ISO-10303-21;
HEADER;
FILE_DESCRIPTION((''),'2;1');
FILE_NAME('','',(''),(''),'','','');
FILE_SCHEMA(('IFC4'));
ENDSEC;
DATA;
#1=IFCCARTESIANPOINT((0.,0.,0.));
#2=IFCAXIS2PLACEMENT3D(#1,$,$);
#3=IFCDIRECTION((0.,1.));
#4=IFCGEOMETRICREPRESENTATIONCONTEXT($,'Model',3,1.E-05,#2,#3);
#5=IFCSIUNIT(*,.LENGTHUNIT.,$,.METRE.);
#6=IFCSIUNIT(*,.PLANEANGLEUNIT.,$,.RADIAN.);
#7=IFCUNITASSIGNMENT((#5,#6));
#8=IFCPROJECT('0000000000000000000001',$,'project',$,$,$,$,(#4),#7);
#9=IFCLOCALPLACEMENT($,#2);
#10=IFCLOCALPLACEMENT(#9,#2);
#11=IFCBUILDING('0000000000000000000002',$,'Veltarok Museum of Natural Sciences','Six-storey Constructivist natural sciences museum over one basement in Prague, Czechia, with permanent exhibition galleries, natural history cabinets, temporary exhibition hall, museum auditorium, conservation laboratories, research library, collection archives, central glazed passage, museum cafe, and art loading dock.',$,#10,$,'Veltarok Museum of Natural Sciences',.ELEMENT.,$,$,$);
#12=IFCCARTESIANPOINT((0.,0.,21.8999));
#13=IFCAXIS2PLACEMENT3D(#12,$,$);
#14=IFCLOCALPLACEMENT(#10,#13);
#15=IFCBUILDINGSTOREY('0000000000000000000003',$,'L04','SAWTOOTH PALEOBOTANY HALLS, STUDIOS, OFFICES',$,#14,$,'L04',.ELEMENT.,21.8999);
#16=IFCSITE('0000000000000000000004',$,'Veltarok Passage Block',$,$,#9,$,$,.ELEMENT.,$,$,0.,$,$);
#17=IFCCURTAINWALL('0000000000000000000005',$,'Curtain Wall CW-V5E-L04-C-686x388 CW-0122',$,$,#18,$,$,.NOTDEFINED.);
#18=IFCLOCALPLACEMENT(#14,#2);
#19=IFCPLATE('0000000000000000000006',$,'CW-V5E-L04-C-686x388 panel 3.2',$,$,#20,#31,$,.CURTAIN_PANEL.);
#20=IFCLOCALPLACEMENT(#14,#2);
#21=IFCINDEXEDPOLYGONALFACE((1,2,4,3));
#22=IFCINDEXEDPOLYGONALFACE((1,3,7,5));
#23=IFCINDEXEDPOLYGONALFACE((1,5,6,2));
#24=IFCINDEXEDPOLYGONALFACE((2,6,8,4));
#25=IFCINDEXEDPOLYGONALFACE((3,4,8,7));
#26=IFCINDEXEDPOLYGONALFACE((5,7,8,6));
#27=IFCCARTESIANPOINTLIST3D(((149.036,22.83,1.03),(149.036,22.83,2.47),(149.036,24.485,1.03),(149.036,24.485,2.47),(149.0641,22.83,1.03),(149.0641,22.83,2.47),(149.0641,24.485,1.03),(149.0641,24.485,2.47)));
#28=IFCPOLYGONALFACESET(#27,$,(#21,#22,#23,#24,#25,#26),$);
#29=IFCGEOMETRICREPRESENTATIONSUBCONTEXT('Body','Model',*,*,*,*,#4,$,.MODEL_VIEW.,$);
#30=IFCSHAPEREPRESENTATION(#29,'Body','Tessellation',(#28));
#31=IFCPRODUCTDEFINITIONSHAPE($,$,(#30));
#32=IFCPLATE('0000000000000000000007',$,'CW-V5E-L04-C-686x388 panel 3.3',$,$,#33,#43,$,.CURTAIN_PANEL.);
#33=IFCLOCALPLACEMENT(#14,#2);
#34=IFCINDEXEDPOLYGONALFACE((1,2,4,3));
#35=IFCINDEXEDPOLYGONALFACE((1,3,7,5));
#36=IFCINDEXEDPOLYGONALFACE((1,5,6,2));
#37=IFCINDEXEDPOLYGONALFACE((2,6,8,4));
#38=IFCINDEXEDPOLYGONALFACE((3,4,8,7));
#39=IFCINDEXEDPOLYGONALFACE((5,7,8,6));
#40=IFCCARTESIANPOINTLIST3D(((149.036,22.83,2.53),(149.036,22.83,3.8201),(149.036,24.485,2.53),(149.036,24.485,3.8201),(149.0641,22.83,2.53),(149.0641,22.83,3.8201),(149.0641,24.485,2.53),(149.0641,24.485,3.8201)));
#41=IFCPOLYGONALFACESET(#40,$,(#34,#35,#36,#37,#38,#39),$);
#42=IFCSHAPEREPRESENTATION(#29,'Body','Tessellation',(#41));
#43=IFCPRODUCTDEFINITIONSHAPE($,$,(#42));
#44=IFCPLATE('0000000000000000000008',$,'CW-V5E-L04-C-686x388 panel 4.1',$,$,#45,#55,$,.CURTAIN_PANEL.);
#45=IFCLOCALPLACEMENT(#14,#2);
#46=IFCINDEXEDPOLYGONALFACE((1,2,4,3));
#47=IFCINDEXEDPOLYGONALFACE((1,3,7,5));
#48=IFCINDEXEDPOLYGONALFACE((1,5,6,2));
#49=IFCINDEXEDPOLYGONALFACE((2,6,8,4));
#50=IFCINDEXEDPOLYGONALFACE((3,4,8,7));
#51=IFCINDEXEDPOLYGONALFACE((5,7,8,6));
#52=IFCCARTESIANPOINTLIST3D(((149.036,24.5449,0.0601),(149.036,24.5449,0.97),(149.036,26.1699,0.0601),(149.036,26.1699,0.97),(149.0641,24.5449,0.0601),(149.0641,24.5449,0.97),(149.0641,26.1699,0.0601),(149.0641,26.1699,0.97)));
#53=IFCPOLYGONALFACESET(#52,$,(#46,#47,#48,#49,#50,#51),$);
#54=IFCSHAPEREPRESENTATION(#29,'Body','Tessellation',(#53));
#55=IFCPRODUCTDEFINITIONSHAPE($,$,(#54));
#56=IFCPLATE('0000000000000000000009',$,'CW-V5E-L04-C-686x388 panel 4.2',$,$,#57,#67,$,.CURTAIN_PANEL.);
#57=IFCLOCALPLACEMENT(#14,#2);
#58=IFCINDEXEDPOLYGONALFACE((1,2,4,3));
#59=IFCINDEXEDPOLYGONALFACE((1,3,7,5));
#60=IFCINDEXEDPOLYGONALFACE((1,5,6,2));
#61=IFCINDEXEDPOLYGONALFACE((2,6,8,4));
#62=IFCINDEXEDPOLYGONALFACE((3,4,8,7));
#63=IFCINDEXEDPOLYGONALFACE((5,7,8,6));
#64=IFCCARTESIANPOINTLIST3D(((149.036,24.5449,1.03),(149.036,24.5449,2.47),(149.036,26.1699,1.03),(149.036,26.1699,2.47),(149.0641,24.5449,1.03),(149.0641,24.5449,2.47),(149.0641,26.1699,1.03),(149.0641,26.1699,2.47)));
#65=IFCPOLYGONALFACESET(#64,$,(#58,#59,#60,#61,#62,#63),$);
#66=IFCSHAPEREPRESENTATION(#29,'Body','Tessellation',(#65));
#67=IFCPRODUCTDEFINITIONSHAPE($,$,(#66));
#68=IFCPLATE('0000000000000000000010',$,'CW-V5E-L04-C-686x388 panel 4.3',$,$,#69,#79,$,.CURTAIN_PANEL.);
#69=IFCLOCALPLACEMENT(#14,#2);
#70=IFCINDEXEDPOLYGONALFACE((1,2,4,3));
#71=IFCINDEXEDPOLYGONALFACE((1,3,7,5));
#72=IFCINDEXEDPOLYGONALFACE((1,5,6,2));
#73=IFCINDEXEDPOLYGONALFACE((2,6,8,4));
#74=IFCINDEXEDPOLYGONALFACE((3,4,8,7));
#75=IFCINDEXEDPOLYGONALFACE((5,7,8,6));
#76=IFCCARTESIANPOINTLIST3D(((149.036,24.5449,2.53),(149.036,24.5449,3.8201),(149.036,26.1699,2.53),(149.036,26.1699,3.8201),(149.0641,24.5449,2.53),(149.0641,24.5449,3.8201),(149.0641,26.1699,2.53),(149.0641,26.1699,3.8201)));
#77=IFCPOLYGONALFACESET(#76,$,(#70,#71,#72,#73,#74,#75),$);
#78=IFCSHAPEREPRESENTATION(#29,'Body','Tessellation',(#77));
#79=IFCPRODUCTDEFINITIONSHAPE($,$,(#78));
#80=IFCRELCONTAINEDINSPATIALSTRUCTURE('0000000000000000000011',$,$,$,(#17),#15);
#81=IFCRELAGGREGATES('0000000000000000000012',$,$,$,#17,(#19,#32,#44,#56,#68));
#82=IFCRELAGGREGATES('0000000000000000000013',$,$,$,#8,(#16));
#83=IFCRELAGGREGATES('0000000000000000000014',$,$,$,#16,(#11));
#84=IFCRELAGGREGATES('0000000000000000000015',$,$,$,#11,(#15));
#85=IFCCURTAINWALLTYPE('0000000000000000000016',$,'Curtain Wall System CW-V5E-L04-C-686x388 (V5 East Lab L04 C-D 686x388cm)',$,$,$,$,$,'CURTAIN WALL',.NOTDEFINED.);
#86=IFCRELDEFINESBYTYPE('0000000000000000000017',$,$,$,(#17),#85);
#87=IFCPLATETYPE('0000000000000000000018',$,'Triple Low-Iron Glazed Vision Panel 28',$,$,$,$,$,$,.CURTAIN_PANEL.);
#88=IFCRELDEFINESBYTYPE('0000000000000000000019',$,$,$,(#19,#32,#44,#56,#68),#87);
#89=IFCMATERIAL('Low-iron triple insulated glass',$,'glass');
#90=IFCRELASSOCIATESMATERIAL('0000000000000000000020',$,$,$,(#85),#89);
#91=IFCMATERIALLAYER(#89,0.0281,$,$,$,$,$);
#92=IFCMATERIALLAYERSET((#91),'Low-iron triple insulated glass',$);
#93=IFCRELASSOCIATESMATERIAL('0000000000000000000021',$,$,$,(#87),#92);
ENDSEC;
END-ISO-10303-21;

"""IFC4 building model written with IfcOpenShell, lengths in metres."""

from ifc_helpers import new_model, si_unit, direction, frame, origin, origin_2d, place, context, subcontext, project, spatial, rectangle, extrude, material, layer, layer_set, type_object, element, aggregate, save


model = new_model("IFC4")

# Units and contexts
model_context = context("Model", 3, precision=1e-05, world=origin(), true_north=direction((0.0, 1.0)))
body_context = subcontext(model_context, "Body", "Model", "MODEL_VIEW")
ifc_project = project(units=[si_unit("LENGTHUNIT", "METRE"), si_unit("PLANEANGLEUNIT", "RADIAN")], contexts=[model_context])

# Site, building, storey
site_placement = place(None, origin())
site = spatial("IfcSite", under=ifc_project, at=site_placement, Name="Veltarok Passage Block", CompositionType="ELEMENT", RefElevation=0.0)
building_placement = place(site_placement, origin())
building = spatial("IfcBuilding", under=site, at=building_placement, Name="Veltarok Museum of Natural Sciences", Description="Six-storey Constructivist natural sciences museum over one basement in Prague, Czechia, with permanent exhibition galleries, natural history cabinets, temporary exhibition hall, museum auditorium, conservation laboratories, research library, collection archives, central glazed passage, museum cafe, and art loading dock.", LongName="Veltarok Museum of Natural Sciences", CompositionType="ELEMENT")
storey_placement = place(building_placement, frame((0.0, 0.0, 21.8999)))
storey = spatial("IfcBuildingStorey", under=building, at=storey_placement, Name="L04", Description="SAWTOOTH PALEOBOTANY HALLS, STUDIOS, OFFICES", LongName="L04", CompositionType="ELEMENT", Elevation=21.8999)

# Curtain wall
ifc_material_1 = material(Name="Low-iron triple insulated glass", Category="glass")
curtain_wall_type_1 = type_object("IfcCurtainWallType", Name="Curtain Wall System CW-V5E-L04-C-686x388 (V5 East Lab L04 C-D 686x388cm)", ElementType="CURTAIN WALL", PredefinedType="NOTDEFINED", material=ifc_material_1)
curtain_wall_1_placement = place(storey_placement, origin())
curtain_wall_1 = element("IfcCurtainWall", 1, at=curtain_wall_1_placement, inside=storey, type_object=curtain_wall_type_1, Name="Curtain Wall CW-V5E-L04-C-686x388 CW-0122", PredefinedType="NOTDEFINED")

# Plates
ifc_layer = layer(ifc_material_1, 0.0281)
ifc_layer_set = layer_set([ifc_layer], Name="Low-iron triple insulated glass")
plate_type = type_object("IfcPlateType", Name="Triple Low-Iron Glazed Vision Panel 28", PredefinedType="CURTAIN_PANEL", material=ifc_layer_set)
plate_1_placement = place(storey_placement, frame((149.05, 23.6575, 1.03), z_axis=(0.0, 0.0, 1.0), x_axis=(0.0, 1.0, 0.0)))
plate_1 = element("IfcPlate", 2, at=plate_1_placement, type_object=plate_type, Name="CW-V5E-L04-C-686x388 panel 3.2", PredefinedType="CURTAIN_PANEL", context=body_context, shape_type="SweptSolid", body=[
    extrude(rectangle(XDim=1.655, YDim=0.0281, at=origin_2d()), origin(), (0.0, 0.0, 1.0), 1.4399),
])
plate_2_placement = place(storey_placement, frame((149.05, 23.6575, 2.53), z_axis=(0.0, 0.0, 1.0), x_axis=(0.0, 1.0, 0.0)))
plate_2 = element("IfcPlate", 3, at=plate_2_placement, type_object=plate_type, Name="CW-V5E-L04-C-686x388 panel 3.3", PredefinedType="CURTAIN_PANEL", context=body_context, shape_type="SweptSolid", body=[
    extrude(rectangle(XDim=1.655, YDim=0.0281, at=origin_2d()), origin(), (0.0, 0.0, 1.0), 1.29),
])
plate_3_placement = place(storey_placement, frame((149.05, 25.3574, 0.0601), z_axis=(0.0, 0.0, 1.0), x_axis=(0.0, 1.0, 0.0)))
plate_3 = element("IfcPlate", 4, at=plate_3_placement, type_object=plate_type, Name="CW-V5E-L04-C-686x388 panel 4.1", PredefinedType="CURTAIN_PANEL", context=body_context, shape_type="SweptSolid", body=[
    extrude(rectangle(XDim=1.625, YDim=0.0281, at=origin_2d()), origin(), (0.0, 0.0, 1.0), 0.9099),
])
plate_4_placement = place(storey_placement, frame((149.05, 25.3574, 1.03), z_axis=(0.0, 0.0, 1.0), x_axis=(0.0, 1.0, 0.0)))
plate_4 = element("IfcPlate", 5, at=plate_4_placement, type_object=plate_type, Name="CW-V5E-L04-C-686x388 panel 4.2", PredefinedType="CURTAIN_PANEL", context=body_context, shape_type="SweptSolid", body=[
    extrude(rectangle(XDim=1.625, YDim=0.0281, at=origin_2d()), origin(), (0.0, 0.0, 1.0), 1.4399),
])
plate_5_placement = place(storey_placement, frame((149.05, 25.3574, 2.53), z_axis=(0.0, 0.0, 1.0), x_axis=(0.0, 1.0, 0.0)))
plate_5 = element("IfcPlate", 6, at=plate_5_placement, type_object=plate_type, Name="CW-V5E-L04-C-686x388 panel 4.3", PredefinedType="CURTAIN_PANEL", context=body_context, shape_type="SweptSolid", body=[
    extrude(rectangle(XDim=1.625, YDim=0.0281, at=origin_2d()), origin(), (0.0, 0.0, 1.0), 1.29),
])
aggregate(curtain_wall_1, [plate_1, plate_2, plate_3, plate_4, plate_5])

save(model, "model.ifc")
